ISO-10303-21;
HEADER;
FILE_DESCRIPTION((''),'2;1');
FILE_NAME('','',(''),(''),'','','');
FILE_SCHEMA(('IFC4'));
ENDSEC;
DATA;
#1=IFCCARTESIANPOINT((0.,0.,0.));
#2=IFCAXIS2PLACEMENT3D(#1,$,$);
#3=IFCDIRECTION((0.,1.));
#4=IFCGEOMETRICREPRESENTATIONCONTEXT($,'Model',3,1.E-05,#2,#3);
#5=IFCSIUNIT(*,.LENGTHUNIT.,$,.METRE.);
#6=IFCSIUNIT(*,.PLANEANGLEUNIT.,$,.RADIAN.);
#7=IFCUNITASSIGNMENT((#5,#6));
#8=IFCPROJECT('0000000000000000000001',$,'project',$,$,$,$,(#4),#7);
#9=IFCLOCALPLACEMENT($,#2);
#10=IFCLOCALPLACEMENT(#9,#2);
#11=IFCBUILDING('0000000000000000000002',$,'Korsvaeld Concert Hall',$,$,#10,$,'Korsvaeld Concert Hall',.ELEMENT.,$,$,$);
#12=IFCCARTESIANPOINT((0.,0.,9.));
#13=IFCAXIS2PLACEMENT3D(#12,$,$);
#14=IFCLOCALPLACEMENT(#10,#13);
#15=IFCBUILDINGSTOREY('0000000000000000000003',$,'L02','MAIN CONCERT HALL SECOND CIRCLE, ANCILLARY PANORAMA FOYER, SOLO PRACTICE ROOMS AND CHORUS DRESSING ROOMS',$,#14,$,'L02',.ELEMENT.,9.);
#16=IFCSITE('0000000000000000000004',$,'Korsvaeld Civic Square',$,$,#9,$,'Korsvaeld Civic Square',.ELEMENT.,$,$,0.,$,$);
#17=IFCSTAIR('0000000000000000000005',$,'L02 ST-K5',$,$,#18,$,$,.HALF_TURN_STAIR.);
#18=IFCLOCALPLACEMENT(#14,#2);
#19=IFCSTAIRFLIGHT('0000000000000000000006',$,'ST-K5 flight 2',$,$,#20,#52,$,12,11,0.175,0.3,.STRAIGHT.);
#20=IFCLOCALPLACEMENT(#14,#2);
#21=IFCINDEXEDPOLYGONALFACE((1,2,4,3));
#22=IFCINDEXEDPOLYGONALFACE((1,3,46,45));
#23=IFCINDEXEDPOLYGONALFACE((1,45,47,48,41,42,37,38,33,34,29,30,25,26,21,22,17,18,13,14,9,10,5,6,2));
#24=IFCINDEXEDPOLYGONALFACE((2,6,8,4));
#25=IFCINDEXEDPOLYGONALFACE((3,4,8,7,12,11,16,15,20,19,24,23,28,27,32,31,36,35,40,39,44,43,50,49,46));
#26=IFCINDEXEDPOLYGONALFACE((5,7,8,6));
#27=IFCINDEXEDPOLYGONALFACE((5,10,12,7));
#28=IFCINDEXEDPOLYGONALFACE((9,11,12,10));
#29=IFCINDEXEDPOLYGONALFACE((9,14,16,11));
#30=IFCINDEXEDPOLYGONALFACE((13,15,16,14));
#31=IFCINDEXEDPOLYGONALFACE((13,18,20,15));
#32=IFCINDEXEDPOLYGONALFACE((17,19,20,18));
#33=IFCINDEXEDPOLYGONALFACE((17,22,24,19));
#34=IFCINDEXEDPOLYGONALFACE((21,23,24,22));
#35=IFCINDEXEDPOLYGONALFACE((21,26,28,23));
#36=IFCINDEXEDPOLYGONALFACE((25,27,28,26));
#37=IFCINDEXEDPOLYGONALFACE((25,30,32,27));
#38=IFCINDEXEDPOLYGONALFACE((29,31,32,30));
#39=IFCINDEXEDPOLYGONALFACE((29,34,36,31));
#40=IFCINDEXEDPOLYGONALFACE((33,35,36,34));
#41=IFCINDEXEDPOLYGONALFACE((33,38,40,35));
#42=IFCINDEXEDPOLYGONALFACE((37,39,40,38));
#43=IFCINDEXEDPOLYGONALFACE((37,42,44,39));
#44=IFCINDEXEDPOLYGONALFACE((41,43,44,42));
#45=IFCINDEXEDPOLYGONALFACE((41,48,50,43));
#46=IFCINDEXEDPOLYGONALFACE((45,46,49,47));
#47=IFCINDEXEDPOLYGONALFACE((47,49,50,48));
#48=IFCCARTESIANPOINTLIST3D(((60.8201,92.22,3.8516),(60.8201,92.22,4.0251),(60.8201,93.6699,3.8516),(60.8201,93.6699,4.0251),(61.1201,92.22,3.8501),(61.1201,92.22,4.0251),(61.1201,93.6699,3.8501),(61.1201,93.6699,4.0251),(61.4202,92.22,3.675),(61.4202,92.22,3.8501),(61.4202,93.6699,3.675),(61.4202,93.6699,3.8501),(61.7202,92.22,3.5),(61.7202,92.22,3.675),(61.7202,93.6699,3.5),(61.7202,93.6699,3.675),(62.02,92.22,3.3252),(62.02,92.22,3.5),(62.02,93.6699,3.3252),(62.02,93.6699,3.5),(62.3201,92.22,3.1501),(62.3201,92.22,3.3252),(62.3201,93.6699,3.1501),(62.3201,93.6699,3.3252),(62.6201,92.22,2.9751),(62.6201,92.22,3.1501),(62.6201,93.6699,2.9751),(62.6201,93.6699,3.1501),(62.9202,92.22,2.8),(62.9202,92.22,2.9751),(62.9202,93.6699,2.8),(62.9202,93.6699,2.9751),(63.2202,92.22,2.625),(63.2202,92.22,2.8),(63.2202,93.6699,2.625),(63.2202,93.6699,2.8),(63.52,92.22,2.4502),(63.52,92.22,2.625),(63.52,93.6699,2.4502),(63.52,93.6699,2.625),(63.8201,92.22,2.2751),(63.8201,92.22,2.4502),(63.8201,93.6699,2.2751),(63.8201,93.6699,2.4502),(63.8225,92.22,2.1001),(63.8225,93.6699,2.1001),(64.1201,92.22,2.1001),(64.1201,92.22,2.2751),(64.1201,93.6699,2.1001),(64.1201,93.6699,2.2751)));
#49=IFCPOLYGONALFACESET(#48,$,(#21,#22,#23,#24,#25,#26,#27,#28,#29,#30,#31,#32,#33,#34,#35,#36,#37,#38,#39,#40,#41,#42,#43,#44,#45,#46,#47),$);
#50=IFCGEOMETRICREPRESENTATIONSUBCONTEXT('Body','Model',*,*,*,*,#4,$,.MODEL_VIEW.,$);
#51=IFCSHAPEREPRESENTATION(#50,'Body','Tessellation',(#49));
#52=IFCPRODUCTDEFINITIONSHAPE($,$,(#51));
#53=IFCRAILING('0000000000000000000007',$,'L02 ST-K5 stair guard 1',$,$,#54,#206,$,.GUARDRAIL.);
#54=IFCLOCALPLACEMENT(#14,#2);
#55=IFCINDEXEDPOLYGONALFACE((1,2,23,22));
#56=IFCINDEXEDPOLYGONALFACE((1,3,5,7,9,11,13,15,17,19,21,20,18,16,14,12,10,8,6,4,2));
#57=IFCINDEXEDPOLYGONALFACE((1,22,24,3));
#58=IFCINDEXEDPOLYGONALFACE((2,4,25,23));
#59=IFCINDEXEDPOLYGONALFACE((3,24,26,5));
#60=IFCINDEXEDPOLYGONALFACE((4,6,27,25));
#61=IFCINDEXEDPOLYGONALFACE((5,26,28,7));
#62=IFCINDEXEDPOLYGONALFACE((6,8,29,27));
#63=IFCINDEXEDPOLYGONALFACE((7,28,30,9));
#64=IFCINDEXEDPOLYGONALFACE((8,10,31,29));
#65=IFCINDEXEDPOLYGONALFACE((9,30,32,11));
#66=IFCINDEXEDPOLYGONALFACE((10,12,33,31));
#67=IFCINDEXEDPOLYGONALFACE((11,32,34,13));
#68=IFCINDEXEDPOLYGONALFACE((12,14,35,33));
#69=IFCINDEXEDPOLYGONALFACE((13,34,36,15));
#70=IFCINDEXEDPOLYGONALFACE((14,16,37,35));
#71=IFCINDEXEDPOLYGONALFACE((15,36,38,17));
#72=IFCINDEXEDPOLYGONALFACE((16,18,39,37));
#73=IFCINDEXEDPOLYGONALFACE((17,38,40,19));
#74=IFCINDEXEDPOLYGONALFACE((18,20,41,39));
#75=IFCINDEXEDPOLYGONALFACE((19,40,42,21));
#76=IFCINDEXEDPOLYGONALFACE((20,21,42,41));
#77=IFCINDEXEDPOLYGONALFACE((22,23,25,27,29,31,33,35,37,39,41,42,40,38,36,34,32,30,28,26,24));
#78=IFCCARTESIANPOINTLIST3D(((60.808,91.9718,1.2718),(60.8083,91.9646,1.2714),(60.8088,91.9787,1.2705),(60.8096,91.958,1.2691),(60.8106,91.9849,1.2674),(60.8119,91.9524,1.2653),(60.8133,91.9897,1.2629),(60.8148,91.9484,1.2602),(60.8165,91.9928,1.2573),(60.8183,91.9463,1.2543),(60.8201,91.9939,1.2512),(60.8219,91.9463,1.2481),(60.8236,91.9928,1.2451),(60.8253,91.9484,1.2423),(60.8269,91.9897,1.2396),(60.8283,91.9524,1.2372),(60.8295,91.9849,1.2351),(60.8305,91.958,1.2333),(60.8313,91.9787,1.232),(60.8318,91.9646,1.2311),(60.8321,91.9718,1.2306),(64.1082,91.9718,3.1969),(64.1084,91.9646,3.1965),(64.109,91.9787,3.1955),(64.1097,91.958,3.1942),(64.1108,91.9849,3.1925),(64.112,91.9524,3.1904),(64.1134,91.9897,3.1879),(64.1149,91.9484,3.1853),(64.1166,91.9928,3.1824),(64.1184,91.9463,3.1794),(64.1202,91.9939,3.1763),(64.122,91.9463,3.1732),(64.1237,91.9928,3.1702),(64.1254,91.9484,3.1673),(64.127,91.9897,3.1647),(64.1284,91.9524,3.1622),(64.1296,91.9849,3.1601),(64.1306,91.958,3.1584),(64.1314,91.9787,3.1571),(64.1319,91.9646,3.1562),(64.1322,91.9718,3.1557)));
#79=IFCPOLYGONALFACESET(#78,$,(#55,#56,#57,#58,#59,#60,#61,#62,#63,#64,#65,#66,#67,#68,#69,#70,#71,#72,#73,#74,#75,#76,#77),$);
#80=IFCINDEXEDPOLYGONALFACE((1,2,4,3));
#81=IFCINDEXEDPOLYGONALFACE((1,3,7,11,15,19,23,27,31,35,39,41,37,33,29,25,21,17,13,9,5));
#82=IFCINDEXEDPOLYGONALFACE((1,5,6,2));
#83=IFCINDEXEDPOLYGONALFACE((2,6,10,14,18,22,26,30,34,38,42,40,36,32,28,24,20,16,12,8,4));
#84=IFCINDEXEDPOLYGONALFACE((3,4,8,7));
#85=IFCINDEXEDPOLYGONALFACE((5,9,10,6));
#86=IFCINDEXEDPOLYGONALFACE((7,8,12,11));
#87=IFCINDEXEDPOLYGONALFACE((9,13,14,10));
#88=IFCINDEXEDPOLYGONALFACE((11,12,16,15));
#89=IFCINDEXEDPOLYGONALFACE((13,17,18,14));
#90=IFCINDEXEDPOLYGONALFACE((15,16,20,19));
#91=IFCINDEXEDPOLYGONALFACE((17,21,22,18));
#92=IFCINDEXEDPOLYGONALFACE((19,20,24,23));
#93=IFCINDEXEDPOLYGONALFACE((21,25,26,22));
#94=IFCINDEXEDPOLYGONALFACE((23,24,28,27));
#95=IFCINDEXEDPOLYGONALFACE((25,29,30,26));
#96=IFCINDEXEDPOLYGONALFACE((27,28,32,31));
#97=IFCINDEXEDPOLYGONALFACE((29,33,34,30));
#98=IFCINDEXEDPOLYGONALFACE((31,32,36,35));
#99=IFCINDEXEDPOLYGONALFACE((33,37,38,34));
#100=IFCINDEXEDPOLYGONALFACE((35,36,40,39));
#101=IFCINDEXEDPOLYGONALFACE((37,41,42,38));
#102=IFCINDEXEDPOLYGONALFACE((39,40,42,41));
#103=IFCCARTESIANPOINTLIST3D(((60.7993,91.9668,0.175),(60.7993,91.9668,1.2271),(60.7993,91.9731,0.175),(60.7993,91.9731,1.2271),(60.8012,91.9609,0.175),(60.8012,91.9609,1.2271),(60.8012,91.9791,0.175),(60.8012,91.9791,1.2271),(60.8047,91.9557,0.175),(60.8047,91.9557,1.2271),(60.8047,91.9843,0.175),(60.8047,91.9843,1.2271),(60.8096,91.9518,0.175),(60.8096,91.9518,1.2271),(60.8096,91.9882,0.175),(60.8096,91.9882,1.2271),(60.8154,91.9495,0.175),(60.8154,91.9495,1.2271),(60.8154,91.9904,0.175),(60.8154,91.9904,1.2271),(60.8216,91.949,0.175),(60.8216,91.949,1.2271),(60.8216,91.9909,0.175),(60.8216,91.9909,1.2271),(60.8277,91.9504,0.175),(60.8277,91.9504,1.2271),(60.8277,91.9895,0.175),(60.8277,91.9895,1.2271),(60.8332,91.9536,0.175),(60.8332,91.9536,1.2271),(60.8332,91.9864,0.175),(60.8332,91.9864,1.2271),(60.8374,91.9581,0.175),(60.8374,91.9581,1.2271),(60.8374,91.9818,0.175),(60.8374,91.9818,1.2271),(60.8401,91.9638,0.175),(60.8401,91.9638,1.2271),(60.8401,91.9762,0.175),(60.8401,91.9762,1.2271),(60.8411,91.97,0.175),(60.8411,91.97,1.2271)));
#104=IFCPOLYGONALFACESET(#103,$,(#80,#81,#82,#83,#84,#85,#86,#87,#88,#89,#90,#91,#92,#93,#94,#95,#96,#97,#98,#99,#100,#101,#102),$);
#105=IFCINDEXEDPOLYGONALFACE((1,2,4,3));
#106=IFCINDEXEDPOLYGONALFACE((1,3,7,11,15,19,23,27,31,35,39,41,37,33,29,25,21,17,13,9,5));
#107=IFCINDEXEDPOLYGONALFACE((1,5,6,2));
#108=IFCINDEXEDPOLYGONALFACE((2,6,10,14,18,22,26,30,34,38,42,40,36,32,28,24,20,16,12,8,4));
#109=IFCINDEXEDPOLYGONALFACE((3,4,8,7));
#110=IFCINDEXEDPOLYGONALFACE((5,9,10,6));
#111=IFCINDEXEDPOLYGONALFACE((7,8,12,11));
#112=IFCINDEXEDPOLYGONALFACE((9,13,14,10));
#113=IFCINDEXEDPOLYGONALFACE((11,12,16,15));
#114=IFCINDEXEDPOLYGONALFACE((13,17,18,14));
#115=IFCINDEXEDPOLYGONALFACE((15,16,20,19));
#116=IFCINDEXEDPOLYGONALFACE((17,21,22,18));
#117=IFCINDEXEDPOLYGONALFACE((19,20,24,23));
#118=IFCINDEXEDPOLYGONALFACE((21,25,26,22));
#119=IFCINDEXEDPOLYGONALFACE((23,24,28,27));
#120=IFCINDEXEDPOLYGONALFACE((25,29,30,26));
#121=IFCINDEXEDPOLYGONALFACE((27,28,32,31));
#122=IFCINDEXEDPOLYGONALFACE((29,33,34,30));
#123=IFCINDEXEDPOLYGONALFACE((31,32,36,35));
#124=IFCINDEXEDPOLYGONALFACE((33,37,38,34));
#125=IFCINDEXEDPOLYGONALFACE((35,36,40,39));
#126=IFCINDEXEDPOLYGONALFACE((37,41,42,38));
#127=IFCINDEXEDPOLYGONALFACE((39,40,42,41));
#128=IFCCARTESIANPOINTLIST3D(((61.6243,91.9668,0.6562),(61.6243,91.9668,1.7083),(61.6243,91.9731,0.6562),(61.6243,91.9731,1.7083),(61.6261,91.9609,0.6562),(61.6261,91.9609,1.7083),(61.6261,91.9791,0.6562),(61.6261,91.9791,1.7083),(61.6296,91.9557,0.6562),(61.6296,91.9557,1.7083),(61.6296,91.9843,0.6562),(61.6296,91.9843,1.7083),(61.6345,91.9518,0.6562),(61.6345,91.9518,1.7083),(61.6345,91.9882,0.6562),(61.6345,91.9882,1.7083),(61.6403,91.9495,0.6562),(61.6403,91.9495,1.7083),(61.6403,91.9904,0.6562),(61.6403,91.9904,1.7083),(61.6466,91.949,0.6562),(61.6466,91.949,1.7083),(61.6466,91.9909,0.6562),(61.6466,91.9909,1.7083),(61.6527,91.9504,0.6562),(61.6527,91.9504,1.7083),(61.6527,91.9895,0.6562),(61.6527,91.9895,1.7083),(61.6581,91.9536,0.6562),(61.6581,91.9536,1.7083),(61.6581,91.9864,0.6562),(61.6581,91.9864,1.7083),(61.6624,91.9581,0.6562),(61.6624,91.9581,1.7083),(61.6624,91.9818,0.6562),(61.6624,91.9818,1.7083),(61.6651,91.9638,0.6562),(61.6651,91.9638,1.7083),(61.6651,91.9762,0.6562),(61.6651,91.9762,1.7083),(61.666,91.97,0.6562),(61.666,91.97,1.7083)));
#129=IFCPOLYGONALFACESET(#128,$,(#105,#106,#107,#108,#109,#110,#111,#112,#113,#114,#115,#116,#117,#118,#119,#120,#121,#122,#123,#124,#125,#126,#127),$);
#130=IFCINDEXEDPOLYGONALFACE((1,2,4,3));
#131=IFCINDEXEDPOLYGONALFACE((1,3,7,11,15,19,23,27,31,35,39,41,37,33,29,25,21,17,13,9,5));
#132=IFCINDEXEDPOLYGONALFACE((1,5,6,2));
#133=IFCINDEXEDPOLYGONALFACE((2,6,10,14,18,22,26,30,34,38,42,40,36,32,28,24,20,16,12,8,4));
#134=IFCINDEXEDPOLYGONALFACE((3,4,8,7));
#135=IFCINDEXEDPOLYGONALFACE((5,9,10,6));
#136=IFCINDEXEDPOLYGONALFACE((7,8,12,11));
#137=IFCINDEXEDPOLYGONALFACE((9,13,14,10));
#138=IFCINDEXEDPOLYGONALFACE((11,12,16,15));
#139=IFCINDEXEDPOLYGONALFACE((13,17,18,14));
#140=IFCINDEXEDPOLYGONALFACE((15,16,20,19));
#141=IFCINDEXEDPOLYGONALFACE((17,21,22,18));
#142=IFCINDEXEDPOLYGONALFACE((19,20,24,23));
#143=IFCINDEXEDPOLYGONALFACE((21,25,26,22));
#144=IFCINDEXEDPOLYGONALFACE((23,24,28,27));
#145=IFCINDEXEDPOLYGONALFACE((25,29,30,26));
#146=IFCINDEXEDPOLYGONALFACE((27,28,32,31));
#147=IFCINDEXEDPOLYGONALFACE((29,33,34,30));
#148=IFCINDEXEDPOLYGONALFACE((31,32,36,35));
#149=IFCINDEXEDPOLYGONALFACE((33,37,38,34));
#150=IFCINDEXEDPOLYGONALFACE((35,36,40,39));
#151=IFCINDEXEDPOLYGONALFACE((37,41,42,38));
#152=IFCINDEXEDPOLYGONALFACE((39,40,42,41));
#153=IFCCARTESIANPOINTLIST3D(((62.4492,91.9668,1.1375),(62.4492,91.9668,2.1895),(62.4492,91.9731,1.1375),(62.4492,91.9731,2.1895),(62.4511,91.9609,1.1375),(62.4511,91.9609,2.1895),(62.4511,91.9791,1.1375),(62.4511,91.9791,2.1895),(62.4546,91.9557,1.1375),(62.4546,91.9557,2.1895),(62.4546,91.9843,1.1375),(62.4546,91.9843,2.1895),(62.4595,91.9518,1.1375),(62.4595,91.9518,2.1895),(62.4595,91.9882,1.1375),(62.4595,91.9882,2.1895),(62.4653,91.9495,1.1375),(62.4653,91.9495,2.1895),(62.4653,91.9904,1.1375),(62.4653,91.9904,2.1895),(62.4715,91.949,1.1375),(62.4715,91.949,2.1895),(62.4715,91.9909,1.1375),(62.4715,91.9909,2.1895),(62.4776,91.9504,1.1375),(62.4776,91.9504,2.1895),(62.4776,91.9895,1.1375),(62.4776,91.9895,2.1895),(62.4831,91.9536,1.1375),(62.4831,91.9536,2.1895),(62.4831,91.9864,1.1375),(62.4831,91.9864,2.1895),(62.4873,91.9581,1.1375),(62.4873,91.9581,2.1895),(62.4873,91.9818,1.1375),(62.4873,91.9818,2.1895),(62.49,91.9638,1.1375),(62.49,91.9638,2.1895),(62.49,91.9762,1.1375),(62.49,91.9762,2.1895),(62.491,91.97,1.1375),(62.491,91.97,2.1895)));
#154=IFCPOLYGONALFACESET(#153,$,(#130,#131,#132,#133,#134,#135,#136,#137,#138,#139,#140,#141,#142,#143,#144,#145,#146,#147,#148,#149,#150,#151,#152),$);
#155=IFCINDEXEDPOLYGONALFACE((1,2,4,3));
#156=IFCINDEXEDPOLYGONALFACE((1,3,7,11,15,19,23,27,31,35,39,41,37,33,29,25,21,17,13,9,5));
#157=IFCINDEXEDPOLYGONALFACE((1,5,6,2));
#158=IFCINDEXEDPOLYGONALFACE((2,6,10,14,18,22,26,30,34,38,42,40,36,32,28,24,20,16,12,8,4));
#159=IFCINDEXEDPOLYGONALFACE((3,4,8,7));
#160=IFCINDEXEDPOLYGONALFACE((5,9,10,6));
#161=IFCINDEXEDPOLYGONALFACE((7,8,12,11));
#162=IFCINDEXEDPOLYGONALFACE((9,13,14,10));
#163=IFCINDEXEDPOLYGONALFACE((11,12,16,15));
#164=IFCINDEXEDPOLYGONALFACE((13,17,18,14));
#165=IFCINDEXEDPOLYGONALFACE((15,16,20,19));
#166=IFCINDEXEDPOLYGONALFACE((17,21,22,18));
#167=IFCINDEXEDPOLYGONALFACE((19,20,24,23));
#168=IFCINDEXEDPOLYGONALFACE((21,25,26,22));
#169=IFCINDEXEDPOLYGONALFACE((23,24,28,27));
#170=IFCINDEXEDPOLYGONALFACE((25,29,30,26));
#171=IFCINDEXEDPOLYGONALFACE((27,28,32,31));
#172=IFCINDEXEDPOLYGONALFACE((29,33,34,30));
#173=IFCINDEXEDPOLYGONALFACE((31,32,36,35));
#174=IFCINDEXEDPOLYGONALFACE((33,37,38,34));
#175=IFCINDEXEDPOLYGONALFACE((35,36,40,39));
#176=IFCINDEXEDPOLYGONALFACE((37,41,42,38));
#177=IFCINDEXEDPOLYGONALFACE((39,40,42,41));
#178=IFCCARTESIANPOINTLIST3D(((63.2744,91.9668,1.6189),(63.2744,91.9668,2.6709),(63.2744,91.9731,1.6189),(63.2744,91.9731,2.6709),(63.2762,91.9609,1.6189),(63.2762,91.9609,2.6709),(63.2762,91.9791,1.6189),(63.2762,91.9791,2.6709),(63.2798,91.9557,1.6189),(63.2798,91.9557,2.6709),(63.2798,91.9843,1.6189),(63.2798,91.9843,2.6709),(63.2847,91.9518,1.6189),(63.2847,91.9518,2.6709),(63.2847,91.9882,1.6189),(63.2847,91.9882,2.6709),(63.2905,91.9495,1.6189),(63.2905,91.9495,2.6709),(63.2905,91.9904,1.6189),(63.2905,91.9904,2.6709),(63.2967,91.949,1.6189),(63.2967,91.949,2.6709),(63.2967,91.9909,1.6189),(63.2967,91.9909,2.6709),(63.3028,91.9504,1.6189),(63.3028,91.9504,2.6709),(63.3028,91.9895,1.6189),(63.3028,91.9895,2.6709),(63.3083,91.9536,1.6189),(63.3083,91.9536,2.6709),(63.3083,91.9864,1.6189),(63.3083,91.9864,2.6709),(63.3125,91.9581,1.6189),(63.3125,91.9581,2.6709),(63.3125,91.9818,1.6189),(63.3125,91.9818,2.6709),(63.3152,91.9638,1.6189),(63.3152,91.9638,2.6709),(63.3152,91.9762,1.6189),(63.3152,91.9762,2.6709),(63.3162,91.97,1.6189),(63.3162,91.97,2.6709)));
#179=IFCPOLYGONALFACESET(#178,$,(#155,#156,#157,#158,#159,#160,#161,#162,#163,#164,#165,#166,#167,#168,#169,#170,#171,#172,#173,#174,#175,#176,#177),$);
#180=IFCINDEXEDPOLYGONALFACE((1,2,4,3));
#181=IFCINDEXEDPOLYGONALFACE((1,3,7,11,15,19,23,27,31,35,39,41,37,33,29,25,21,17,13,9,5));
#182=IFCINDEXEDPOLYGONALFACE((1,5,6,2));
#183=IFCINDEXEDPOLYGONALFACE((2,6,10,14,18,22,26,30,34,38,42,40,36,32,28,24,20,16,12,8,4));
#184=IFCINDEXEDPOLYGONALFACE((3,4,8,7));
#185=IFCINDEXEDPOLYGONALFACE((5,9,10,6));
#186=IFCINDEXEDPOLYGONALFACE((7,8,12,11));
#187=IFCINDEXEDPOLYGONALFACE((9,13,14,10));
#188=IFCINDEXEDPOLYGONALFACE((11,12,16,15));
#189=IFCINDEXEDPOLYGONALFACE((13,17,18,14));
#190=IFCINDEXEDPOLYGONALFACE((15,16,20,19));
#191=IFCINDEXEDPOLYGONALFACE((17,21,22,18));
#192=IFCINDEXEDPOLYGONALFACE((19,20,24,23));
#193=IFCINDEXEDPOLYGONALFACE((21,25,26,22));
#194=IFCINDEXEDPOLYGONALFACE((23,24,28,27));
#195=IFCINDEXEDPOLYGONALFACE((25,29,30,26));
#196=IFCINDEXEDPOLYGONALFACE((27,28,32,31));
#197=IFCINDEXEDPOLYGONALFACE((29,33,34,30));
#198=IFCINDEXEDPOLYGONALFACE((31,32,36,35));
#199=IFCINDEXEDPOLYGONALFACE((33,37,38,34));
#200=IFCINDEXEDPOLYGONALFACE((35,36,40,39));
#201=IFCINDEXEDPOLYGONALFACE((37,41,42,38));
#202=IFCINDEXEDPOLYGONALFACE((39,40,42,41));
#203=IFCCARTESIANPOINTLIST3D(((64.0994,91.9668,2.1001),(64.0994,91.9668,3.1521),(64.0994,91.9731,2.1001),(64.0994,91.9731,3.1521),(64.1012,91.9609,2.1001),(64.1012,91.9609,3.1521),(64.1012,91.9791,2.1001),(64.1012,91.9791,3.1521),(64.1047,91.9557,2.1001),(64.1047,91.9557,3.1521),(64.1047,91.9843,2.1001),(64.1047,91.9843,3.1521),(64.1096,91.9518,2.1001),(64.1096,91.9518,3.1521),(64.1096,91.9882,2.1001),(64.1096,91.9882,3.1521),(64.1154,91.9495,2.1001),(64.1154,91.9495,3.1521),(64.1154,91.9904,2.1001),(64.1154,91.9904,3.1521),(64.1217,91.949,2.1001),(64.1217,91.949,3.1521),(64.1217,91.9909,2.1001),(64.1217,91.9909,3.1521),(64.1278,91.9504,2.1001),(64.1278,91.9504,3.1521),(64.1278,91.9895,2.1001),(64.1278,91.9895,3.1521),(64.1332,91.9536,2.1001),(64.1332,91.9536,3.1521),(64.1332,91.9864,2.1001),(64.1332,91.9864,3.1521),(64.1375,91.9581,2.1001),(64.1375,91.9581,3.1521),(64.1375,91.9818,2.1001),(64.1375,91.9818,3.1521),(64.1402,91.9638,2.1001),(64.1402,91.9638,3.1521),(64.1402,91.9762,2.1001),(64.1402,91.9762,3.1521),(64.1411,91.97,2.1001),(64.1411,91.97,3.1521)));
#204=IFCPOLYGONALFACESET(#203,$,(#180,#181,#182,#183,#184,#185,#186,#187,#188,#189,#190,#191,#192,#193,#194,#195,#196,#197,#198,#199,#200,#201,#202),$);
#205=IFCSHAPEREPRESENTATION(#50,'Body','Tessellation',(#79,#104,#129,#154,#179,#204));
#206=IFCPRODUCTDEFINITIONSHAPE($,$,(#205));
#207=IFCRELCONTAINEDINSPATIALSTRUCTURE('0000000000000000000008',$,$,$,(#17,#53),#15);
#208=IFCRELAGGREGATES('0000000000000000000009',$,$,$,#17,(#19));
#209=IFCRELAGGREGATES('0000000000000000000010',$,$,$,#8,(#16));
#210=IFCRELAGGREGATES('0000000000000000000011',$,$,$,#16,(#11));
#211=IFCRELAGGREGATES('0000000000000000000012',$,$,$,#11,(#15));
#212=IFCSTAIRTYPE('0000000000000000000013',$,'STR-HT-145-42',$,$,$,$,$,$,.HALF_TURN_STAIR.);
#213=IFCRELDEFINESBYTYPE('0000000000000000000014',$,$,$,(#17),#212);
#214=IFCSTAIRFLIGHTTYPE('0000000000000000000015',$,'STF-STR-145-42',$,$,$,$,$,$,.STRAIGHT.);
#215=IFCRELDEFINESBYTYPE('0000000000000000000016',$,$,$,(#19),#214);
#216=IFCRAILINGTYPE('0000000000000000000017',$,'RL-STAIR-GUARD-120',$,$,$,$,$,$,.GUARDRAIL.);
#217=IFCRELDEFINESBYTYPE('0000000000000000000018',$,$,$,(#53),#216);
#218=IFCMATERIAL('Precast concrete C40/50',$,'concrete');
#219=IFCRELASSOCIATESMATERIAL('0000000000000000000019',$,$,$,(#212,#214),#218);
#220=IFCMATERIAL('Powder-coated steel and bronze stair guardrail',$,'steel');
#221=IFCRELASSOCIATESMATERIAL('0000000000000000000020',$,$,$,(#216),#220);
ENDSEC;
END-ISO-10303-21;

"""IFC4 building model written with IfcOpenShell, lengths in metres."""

from ifc_helpers import new_model, si_unit, direction, frame, origin, origin_2d, place, context, subcontext, project, spatial, polyline, circle, outline, extrude, material, type_object, element, aggregate, save


model = new_model("IFC4")

# Units and contexts
model_context = context("Model", 3, precision=1e-05, world=origin(), true_north=direction((0.0, 1.0)))
body_context = subcontext(model_context, "Body", "Model", "MODEL_VIEW")
ifc_project = project(units=[si_unit("LENGTHUNIT", "METRE"), si_unit("PLANEANGLEUNIT", "RADIAN")], contexts=[model_context])

# Site, building, storey
site_placement = place(None, origin())
site = spatial("IfcSite", under=ifc_project, at=site_placement, Name="Korsvaeld Civic Square", LongName="Korsvaeld Civic Square", CompositionType="ELEMENT", RefElevation=0.0)
building_placement = place(site_placement, origin())
building = spatial("IfcBuilding", under=site, at=building_placement, Name="Korsvaeld Concert Hall", LongName="Korsvaeld Concert Hall", CompositionType="ELEMENT")
storey_placement = place(building_placement, frame((0.0, 0.0, 9.0)))
storey = spatial("IfcBuildingStorey", under=building, at=storey_placement, Name="L02", Description="MAIN CONCERT HALL SECOND CIRCLE, ANCILLARY PANORAMA FOYER, SOLO PRACTICE ROOMS AND CHORUS DRESSING ROOMS", LongName="L02", CompositionType="ELEMENT", Elevation=9.0)

# Stair, stair flight
ifc_material_1 = material(Name="Precast concrete C40/50", Category="concrete")
stair_type = type_object("IfcStairType", Name="STR-HT-145-42", PredefinedType="HALF_TURN_STAIR", material=ifc_material_1)
stair_placement = place(storey_placement, origin())
stair = element("IfcStair", 1, at=stair_placement, inside=storey, type_object=stair_type, Name="L02 ST-K5", PredefinedType="HALF_TURN_STAIR")
stair_flight_type = type_object("IfcStairFlightType", Name="STF-STR-145-42", PredefinedType="STRAIGHT", material=ifc_material_1)
stair_flight_1_placement = place(storey_placement, frame((64.1201, 92.9451, 2.1001), z_axis=(0.0, 0.0, 1.0), x_axis=(-1.0, 0.0, 0.0)))
stair_flight_1 = element("IfcStairFlight", 2, at=stair_flight_1_placement, type_object=stair_flight_type, Name="ST-K5 flight 2", NumberOfRisers=12, NumberOfTreads=11, PredefinedType="STRAIGHT", RiserHeight=0.175, TreadLength=0.3, context=body_context, shape_type="SweptSolid", body=[
    extrude(outline(polyline([(0.0, 0.0), (0.0, 0.175), (0.3, 0.175), (0.3, 0.3501), (0.6001, 0.3501), (0.6001, 0.5249), (0.8999, 0.5249), (0.8999, 0.7), (1.2, 0.7), (1.2, 0.875), (1.5, 0.875), (1.5, 1.05), (1.8, 1.05), (1.8, 1.2251), (2.1001, 1.2251), (2.1001, 1.3999), (2.3999, 1.3999), (2.3999, 1.575), (2.7, 1.575), (2.7, 1.75), (3.0, 1.75), (3.0, 1.925), (3.3, 1.925), (3.3, 2.1001), (3.3, 1.7515), (0.2976, 0.0), (0.0, 0.0)])), frame((0.0, 0.7251, 0.0), z_axis=(0.0, -1.0, 0.0), x_axis=(1.0, 0.0, 0.0)), (0.0, 0.0, 1.0), 1.45),
])
aggregate(stair, [stair_flight_1])

# Railing
ifc_material_2 = material(Name="Powder-coated steel and bronze stair guardrail", Category="steel")
railing_type_1 = type_object("IfcRailingType", Name="RL-STAIR-GUARD-120", PredefinedType="GUARDRAIL", material=ifc_material_2)
railing_1_placement = place(storey_placement, frame((60.8201, 91.97, 0.175)))
element("IfcRailing", 3, at=railing_1_placement, inside=storey, type_object=railing_type_1, Name="L02 ST-K5 stair guard 1", PredefinedType="GUARDRAIL", context=body_context, shape_type="SweptSolid", body=[
    extrude(circle(Radius=0.0239, at=origin_2d()), frame((0.0, 0.0, 1.0762), z_axis=(0.863777, 0.0, 0.503875), x_axis=(0.0, 1.0, 0.0)), (0.0, 0.0, 1.0), 3.8206),
    extrude(circle(Radius=0.021, at=origin_2d()), origin(), (0.0, 0.0, 1.0), 1.052),
    extrude(circle(Radius=0.021, at=origin_2d()), frame((0.825, 0.0, 0.4812)), (0.0, 0.0, 1.0), 1.052),
    extrude(circle(Radius=0.021, at=origin_2d()), frame((1.6499, 0.0, 0.9624)), (0.0, 0.0, 1.0), 1.052),
    extrude(circle(Radius=0.021, at=origin_2d()), frame((2.4751, 0.0, 1.4438)), (0.0, 0.0, 1.0), 1.052),
    extrude(circle(Radius=0.021, at=origin_2d()), frame((3.3, 0.0, 1.925)), (0.0, 0.0, 1.0), 1.052),
])

save(model, "model.ifc")
